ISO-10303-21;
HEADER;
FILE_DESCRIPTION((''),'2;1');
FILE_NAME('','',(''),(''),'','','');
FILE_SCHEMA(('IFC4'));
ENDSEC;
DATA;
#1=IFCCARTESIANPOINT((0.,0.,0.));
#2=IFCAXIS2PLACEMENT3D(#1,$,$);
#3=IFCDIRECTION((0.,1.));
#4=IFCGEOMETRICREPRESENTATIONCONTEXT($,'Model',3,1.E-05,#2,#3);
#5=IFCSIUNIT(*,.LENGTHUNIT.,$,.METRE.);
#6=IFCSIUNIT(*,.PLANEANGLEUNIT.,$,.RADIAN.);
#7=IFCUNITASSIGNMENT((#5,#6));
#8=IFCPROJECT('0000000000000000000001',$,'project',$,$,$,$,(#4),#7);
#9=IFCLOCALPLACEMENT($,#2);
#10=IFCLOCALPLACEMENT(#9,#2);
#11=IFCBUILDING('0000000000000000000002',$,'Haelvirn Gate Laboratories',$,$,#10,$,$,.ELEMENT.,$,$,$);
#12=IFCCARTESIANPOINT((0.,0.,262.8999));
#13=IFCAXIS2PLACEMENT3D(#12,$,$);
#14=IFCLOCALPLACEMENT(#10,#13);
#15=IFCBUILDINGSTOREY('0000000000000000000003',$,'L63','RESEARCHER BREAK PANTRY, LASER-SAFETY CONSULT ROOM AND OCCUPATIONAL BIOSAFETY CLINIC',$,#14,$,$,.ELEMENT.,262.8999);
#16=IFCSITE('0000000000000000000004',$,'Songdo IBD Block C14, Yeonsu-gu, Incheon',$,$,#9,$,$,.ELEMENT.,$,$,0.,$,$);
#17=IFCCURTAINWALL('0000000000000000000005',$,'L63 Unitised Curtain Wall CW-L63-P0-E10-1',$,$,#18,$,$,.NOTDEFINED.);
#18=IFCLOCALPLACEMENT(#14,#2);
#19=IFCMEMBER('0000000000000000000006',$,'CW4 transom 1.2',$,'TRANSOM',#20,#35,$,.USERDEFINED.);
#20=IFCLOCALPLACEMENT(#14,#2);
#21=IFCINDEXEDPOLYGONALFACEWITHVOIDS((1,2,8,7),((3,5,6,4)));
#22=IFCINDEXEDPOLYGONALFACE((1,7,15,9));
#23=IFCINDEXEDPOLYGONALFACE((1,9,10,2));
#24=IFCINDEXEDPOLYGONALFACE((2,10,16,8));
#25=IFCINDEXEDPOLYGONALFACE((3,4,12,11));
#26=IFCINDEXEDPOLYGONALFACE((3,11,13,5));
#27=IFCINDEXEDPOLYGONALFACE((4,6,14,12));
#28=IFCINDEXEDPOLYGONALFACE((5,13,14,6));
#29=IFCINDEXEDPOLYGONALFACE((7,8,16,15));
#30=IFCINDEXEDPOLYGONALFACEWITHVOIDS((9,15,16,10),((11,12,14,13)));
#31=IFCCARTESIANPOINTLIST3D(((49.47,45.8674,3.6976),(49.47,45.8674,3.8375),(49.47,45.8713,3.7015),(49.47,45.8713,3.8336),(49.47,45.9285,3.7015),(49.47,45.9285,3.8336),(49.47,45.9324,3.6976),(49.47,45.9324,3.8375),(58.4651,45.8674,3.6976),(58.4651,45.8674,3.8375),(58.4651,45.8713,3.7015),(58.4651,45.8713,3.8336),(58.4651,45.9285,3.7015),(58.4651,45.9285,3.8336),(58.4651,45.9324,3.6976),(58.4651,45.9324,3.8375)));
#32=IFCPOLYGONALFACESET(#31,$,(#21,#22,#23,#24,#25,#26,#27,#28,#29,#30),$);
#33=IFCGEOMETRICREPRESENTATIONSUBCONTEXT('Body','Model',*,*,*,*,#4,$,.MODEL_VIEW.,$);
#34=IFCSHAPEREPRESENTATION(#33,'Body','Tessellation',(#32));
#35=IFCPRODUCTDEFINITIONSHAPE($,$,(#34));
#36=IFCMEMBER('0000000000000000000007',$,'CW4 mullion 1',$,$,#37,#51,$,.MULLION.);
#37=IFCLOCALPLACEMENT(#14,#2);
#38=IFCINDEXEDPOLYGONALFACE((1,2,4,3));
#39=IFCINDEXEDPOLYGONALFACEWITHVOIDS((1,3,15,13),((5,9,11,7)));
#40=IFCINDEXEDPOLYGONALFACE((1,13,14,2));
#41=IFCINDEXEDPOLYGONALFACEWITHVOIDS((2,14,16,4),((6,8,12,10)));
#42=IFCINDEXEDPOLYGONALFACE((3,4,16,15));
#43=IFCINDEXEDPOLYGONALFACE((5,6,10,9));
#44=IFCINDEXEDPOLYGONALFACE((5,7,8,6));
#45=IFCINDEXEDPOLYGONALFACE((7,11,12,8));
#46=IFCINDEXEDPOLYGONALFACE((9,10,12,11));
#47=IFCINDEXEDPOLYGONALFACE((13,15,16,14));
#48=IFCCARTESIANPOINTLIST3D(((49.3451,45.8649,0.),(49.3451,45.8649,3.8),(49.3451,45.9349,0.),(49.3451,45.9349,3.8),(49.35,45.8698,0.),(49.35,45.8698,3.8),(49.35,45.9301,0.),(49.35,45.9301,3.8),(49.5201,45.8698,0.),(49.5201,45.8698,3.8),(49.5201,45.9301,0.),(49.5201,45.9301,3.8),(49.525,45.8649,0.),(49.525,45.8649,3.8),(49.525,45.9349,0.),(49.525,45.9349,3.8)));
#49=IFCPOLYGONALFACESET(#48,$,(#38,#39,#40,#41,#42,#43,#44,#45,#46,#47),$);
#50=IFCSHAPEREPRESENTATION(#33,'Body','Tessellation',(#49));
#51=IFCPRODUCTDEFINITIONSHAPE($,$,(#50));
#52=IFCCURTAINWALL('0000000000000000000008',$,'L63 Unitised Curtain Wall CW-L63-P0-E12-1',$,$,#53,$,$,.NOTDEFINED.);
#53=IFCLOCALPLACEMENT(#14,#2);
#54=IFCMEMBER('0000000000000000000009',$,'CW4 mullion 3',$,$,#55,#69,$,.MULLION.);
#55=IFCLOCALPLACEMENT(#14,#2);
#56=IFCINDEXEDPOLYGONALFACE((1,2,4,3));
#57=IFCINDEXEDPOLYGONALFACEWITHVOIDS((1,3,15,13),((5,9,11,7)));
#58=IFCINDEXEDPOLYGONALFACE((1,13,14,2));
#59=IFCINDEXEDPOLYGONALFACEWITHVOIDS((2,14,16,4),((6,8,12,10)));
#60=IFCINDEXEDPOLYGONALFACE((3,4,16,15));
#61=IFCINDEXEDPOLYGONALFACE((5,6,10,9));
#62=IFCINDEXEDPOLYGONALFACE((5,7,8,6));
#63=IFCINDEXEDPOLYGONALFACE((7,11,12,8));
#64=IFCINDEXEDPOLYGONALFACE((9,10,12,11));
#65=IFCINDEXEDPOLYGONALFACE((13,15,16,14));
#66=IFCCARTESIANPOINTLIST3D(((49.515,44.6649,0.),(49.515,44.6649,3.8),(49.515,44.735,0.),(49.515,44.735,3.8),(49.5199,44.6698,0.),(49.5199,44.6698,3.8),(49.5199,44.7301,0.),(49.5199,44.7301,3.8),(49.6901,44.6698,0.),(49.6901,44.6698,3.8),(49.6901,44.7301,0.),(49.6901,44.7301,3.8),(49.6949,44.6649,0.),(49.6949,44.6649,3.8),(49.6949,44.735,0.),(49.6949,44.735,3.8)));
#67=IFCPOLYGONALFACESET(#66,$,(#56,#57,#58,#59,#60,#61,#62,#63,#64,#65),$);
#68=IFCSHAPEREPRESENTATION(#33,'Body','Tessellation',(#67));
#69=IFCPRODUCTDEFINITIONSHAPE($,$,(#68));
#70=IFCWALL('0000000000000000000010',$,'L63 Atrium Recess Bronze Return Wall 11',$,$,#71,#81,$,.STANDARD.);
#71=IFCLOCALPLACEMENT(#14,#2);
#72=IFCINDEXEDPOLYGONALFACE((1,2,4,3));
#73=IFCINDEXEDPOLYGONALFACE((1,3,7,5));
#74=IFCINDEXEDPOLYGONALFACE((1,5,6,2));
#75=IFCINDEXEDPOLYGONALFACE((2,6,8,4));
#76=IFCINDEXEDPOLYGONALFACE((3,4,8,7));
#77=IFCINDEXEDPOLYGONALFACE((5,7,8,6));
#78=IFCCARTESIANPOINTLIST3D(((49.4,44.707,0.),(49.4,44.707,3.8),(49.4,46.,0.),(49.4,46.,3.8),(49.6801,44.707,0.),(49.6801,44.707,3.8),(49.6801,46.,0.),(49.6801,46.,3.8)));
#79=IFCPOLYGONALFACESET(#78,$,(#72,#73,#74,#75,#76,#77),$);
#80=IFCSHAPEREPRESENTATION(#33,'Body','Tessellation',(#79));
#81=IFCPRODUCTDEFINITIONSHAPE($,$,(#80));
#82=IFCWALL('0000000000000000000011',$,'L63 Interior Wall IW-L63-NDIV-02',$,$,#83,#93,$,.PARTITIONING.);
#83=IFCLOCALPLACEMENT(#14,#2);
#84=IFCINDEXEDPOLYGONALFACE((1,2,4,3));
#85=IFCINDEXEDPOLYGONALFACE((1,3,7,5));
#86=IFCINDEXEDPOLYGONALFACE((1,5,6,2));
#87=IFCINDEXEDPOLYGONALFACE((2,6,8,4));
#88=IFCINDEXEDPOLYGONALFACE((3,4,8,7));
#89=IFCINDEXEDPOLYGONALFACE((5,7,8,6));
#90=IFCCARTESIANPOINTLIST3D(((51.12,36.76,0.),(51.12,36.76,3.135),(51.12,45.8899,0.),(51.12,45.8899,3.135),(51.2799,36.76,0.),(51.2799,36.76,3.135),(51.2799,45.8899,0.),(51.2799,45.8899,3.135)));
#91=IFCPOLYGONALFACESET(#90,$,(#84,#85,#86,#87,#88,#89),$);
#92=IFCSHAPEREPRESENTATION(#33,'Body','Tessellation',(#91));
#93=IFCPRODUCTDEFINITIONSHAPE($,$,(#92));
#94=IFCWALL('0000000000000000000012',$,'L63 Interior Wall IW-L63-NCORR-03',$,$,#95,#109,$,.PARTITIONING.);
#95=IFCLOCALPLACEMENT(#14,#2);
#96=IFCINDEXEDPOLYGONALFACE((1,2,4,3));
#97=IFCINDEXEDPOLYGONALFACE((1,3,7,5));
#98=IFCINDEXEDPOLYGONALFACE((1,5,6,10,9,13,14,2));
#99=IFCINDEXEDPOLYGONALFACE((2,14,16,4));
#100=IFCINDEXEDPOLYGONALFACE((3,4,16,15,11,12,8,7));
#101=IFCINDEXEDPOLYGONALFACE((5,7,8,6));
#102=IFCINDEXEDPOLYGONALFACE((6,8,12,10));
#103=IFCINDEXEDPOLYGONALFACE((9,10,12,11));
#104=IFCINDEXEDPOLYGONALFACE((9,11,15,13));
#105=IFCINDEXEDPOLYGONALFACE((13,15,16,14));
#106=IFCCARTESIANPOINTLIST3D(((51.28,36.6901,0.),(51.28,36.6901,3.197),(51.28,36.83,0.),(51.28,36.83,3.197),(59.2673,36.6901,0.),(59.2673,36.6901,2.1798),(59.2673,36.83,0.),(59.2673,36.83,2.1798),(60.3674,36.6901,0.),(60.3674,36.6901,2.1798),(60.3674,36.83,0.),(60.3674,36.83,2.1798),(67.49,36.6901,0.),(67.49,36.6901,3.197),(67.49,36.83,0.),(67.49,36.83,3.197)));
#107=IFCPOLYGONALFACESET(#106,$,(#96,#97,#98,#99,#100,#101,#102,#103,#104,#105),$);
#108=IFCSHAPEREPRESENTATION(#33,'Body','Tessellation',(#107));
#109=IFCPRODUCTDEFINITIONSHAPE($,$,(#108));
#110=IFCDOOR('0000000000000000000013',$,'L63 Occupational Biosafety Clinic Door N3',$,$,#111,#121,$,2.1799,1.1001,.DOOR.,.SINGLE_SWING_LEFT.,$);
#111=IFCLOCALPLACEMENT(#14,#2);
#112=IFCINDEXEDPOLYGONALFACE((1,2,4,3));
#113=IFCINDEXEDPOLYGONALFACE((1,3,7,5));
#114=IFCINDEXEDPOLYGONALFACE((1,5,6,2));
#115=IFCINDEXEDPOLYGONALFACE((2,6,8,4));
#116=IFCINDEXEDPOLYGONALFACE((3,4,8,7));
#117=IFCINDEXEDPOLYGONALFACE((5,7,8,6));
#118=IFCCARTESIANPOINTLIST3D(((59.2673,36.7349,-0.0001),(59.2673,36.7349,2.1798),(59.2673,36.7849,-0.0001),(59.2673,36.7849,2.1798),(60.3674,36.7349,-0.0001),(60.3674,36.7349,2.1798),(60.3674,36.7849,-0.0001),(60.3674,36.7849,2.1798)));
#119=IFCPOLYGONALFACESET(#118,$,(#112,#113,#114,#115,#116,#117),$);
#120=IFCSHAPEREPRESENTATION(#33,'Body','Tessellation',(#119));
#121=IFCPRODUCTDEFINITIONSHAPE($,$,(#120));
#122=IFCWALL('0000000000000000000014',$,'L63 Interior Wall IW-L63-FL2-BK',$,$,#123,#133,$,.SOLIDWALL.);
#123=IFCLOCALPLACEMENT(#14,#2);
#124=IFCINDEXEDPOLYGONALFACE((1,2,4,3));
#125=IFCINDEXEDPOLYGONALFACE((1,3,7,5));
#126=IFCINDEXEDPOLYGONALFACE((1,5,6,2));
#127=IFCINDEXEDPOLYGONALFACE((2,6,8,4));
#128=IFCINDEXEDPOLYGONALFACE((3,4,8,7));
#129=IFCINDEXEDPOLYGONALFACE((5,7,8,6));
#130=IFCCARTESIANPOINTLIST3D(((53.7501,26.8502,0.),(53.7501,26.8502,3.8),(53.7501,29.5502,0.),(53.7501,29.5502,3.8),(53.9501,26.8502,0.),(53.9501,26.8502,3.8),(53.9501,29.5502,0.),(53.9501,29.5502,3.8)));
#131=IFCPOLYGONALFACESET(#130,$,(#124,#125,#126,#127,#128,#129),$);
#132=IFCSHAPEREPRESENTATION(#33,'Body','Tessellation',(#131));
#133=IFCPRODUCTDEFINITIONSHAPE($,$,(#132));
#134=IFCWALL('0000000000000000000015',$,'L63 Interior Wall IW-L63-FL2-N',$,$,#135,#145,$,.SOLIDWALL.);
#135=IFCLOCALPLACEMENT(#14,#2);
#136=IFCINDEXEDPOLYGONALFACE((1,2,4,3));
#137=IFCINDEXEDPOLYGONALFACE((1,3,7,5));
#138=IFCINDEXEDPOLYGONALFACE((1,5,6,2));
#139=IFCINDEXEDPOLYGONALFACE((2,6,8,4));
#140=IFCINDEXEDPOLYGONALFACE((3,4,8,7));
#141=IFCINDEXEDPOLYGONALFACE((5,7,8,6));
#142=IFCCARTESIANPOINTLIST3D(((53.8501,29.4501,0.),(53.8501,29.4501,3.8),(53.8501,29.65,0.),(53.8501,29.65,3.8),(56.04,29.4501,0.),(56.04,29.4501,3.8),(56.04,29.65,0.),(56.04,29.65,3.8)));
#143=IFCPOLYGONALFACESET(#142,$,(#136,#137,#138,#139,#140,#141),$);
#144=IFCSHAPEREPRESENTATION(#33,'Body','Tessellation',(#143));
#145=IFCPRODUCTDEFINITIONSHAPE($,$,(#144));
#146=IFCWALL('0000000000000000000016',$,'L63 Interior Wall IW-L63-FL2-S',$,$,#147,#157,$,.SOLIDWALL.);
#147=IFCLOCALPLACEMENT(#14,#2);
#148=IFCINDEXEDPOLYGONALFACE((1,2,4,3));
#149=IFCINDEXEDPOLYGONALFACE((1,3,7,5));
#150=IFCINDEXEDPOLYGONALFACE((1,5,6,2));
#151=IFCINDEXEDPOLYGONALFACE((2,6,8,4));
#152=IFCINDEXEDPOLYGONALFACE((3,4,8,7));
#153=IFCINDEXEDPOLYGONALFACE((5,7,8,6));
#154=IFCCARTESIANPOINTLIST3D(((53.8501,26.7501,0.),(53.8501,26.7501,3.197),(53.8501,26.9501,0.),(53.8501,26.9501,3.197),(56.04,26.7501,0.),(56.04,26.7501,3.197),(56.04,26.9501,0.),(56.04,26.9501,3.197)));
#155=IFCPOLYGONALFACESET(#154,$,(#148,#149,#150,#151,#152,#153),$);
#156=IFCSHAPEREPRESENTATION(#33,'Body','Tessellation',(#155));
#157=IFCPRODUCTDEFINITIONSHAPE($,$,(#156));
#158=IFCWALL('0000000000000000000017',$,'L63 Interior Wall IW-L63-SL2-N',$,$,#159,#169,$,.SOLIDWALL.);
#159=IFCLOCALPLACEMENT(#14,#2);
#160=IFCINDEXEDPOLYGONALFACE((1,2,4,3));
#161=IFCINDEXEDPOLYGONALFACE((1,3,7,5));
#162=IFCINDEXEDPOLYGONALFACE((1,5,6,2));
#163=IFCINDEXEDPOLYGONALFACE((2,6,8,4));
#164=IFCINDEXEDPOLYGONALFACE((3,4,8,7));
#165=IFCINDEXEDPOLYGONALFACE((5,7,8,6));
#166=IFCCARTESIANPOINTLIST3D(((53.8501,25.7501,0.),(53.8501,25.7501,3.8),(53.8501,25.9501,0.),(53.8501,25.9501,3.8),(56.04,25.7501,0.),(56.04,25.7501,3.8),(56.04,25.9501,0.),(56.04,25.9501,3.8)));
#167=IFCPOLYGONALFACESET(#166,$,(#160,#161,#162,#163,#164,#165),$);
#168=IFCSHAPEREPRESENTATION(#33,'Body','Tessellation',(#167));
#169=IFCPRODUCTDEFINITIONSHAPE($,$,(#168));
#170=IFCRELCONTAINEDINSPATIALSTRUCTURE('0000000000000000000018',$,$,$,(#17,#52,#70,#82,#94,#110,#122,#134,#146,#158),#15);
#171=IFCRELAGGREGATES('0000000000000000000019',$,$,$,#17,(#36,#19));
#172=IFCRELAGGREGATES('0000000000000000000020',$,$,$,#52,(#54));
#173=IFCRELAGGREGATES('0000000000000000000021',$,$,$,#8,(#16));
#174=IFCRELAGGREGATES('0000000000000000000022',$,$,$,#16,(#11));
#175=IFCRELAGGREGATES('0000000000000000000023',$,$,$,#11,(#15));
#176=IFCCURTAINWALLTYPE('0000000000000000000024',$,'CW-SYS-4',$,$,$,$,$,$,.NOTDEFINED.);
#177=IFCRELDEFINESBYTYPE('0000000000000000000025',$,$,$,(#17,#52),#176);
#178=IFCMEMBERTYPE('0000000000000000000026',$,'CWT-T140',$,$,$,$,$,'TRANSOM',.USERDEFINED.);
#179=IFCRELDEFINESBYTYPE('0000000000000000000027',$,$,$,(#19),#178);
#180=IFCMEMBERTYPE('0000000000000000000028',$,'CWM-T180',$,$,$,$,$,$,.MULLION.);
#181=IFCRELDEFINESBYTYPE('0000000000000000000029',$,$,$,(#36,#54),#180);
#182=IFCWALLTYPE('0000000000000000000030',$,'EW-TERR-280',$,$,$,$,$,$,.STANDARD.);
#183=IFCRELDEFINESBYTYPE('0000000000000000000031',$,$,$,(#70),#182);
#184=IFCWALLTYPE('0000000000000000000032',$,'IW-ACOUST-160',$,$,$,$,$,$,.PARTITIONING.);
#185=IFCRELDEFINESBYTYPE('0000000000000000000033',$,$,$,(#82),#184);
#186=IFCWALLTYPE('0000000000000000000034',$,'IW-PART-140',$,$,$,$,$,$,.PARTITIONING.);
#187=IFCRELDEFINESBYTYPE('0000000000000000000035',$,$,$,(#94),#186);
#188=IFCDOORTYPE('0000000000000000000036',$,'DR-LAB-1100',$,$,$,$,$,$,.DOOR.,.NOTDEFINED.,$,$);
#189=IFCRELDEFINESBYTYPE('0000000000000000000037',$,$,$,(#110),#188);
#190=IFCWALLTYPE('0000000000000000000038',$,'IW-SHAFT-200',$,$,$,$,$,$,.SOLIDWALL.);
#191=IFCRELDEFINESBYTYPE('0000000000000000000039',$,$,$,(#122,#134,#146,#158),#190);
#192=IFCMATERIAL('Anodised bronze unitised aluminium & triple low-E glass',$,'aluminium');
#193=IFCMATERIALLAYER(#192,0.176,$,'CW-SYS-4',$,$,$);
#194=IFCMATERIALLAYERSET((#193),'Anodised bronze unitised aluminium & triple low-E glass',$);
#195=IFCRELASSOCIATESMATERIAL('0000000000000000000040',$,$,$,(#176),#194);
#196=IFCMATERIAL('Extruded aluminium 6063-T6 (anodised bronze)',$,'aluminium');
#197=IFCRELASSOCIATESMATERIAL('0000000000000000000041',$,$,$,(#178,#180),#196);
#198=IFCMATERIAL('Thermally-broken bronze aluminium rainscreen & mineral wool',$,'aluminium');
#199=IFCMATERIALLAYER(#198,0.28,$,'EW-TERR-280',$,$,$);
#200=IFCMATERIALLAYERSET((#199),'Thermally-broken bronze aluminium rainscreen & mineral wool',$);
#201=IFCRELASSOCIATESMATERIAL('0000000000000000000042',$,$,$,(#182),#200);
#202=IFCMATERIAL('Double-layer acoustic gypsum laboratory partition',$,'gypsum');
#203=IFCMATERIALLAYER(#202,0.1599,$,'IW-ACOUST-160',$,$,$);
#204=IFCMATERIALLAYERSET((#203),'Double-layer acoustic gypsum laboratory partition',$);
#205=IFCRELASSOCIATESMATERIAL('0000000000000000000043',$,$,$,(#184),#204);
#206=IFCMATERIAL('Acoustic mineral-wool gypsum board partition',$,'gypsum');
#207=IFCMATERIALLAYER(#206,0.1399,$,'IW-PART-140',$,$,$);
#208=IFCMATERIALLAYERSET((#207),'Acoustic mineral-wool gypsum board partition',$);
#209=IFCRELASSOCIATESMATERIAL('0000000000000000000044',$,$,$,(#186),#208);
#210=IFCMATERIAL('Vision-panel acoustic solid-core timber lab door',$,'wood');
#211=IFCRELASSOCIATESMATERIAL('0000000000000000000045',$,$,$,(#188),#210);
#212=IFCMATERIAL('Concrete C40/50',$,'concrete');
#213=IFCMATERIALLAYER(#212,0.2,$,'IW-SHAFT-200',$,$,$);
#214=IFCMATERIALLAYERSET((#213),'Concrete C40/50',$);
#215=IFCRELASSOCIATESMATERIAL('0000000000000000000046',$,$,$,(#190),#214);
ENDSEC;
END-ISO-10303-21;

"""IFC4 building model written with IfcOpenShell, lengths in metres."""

from ifc_helpers import new_model, si_unit, direction, frame, frame_2d, origin, origin_2d, place, context, subcontext, project, spatial, rectangle, hollow_rectangle, extrude, source, transform, mapped, material, layer, layer_set, material_profile, profile_set, type_object, type_shapes, element, fill, aggregate, save


model = new_model("IFC4")

# Units and contexts
model_context = context("Model", 3, precision=1e-05, world=origin(), true_north=direction((0.0, 1.0)))
body_context = subcontext(model_context, "Body", "Model", "MODEL_VIEW")
ifc_project = project(units=[si_unit("LENGTHUNIT", "METRE"), si_unit("PLANEANGLEUNIT", "RADIAN")], contexts=[model_context])

# Site, building, storey
site_placement = place(None, origin())
site = spatial("IfcSite", under=ifc_project, at=site_placement, Name="Songdo IBD Block C14, Yeonsu-gu, Incheon", CompositionType="ELEMENT", RefElevation=0.0)
building_placement = place(site_placement, origin())
building = spatial("IfcBuilding", under=site, at=building_placement, Name="Haelvirn Gate Laboratories", CompositionType="ELEMENT")
storey_placement = place(building_placement, frame((0.0, 0.0, 262.8999)))
storey = spatial("IfcBuildingStorey", under=building, at=storey_placement, Name="L63", Description="RESEARCHER BREAK PANTRY, LASER-SAFETY CONSULT ROOM AND OCCUPATIONAL BIOSAFETY CLINIC", CompositionType="ELEMENT", Elevation=262.8999)

# Curtain wall, members
ifc_material_1 = material(Name="Anodised bronze unitised aluminium & triple low-E glass", Category="aluminium")
ifc_layer_1 = layer(ifc_material_1, 0.176, Name="CW-SYS-4")
ifc_layer_set_1 = layer_set([ifc_layer_1], Name="Anodised bronze unitised aluminium & triple low-E glass")
curtain_wall_type = type_object("IfcCurtainWallType", Name="CW-SYS-4", PredefinedType="NOTDEFINED", material=ifc_layer_set_1)
curtain_wall_1_placement = place(storey_placement, origin())
curtain_wall_1 = element("IfcCurtainWall", 1, at=curtain_wall_1_placement, inside=storey, type_object=curtain_wall_type, Name="L63 Unitised Curtain Wall CW-L63-P0-E10-1", PredefinedType="NOTDEFINED")
ifc_material_2 = material(Name="Extruded aluminium 6063-T6 (anodised bronze)", Category="aluminium")
ifc_material_profile_1 = material_profile(ifc_material_2, hollow_rectangle(XDim=0.0649, YDim=0.1399, WallThickness=0.0039, at=origin_2d()), Name="CWT-140x65x4")
ifc_profile_set_1 = profile_set([ifc_material_profile_1], Name="Extruded aluminium 6063-T6 (anodised bronze)")
member_type_1 = type_object("IfcMemberType", Name="CWT-T140", ElementType="TRANSOM", PredefinedType="USERDEFINED", material=ifc_profile_set_1)
shared_shape_1 = source(origin(), body_context, "Body", "SweptSolid", [
    extrude(hollow_rectangle(XDim=0.0649, YDim=0.1399, WallThickness=0.0039, at=origin_2d()), origin(), (0.0, 0.0, 1.0), 8.9951),
])
type_shapes(member_type_1, [shared_shape_1])
member_1_placement = place(storey_placement, frame((49.47, 45.8999, 3.7676), z_axis=(1.0, 0.0, 0.0), x_axis=(0.0, 1.0, 0.0)))
member_1 = element("IfcMember", 2, at=member_1_placement, type_object=member_type_1, Name="CW4 transom 1.2", ObjectType="TRANSOM", PredefinedType="USERDEFINED", context=body_context, shape_type="MappedRepresentation", body=[
    mapped(shared_shape_1, transform((0.0, 0.0, 0.0), scale=1.0)),
])
ifc_material_profile_2 = material_profile(ifc_material_2, hollow_rectangle(XDim=0.0701, YDim=0.1799, WallThickness=0.0049, at=origin_2d()), Name="CWM-180x70x5")
ifc_profile_set_2 = profile_set([ifc_material_profile_2], Name="Extruded aluminium 6063-T6 (anodised bronze)")
member_type_2 = type_object("IfcMemberType", Name="CWM-T180", PredefinedType="MULLION", material=ifc_profile_set_2)
shared_shape_2 = source(origin(), body_context, "Body", "SweptSolid", [
    extrude(hollow_rectangle(XDim=0.0701, YDim=0.1799, WallThickness=0.0049, at=origin_2d()), origin(), (0.0, 0.0, 1.0), 3.8),
])
type_shapes(member_type_2, [shared_shape_2])
member_2_placement = place(storey_placement, frame((49.4351, 45.8999, 0.0), z_axis=(0.0, 0.0, 1.0), x_axis=(0.0, 1.0, 0.0)))
member_2 = element("IfcMember", 3, at=member_2_placement, type_object=member_type_2, Name="CW4 mullion 1", PredefinedType="MULLION", context=body_context, shape_type="MappedRepresentation", body=[
    mapped(shared_shape_2, transform((0.0, 0.0, 0.0), scale=1.0)),
])
aggregate(curtain_wall_1, [member_2, member_1])

# Curtain wall, member
curtain_wall_2_placement = place(storey_placement, origin())
curtain_wall_2 = element("IfcCurtainWall", 4, at=curtain_wall_2_placement, inside=storey, type_object=curtain_wall_type, Name="L63 Unitised Curtain Wall CW-L63-P0-E12-1", PredefinedType="NOTDEFINED")
member_3_placement = place(storey_placement, frame((49.605, 44.7, 0.0), z_axis=(0.0, 0.0, 1.0), x_axis=(0.0, 1.0, 0.0)))
member_3 = element("IfcMember", 5, at=member_3_placement, type_object=member_type_2, Name="CW4 mullion 3", PredefinedType="MULLION", context=body_context, shape_type="MappedRepresentation", body=[
    mapped(shared_shape_2, transform((0.0, 0.0, 0.0), scale=1.0)),
])
aggregate(curtain_wall_2, [member_3])

# Walls
ifc_material_3 = material(Name="Thermally-broken bronze aluminium rainscreen & mineral wool", Category="aluminium")
ifc_layer_2 = layer(ifc_material_3, 0.28, Name="EW-TERR-280")
ifc_layer_set_2 = layer_set([ifc_layer_2], Name="Thermally-broken bronze aluminium rainscreen & mineral wool")
wall_type_1 = type_object("IfcWallType", Name="EW-TERR-280", PredefinedType="STANDARD", material=ifc_layer_set_2)
wall_1_placement = place(storey_placement, frame((49.54, 46.0, 0.0), z_axis=(0.0, 0.0, 1.0), x_axis=(0.0, -1.0, 0.0)))
element("IfcWall", 6, at=wall_1_placement, inside=storey, type_object=wall_type_1, Name="L63 Atrium Recess Bronze Return Wall 11", PredefinedType="STANDARD", context=body_context, shape_type="SweptSolid", body=[
    extrude(rectangle(XDim=1.293, YDim=0.28, at=frame_2d((0.6465, 0.0))), origin(), (0.0, 0.0, 1.0), 3.8),
])
ifc_material_4 = material(Name="Double-layer acoustic gypsum laboratory partition", Category="gypsum")
ifc_layer_3 = layer(ifc_material_4, 0.1599, Name="IW-ACOUST-160")
ifc_layer_set_3 = layer_set([ifc_layer_3], Name="Double-layer acoustic gypsum laboratory partition")
wall_type_2 = type_object("IfcWallType", Name="IW-ACOUST-160", PredefinedType="PARTITIONING", material=ifc_layer_set_3)
wall_2_placement = place(storey_placement, frame((51.2, 36.76, 0.0), z_axis=(0.0, 0.0, 1.0), x_axis=(0.0, 1.0, 0.0)))
element("IfcWall", 7, at=wall_2_placement, inside=storey, type_object=wall_type_2, Name="L63 Interior Wall IW-L63-NDIV-02", PredefinedType="PARTITIONING", context=body_context, shape_type="SweptSolid", body=[
    extrude(rectangle(XDim=9.1299, YDim=0.1599, at=frame_2d((4.5649, 0.0))), origin(), (0.0, 0.0, 1.0), 3.135),
])

# Wall, opening, door
ifc_material_5 = material(Name="Acoustic mineral-wool gypsum board partition", Category="gypsum")
ifc_layer_4 = layer(ifc_material_5, 0.1399, Name="IW-PART-140")
ifc_layer_set_4 = layer_set([ifc_layer_4], Name="Acoustic mineral-wool gypsum board partition")
wall_type_3 = type_object("IfcWallType", Name="IW-PART-140", PredefinedType="PARTITIONING", material=ifc_layer_set_4)
wall_3_placement = place(storey_placement, frame((51.28, 36.76, 0.0), z_axis=(0.0, 0.0, 1.0), x_axis=(1.0, 0.0, 0.0)))
wall_3 = element("IfcWall", 8, at=wall_3_placement, inside=storey, type_object=wall_type_3, Name="L63 Interior Wall IW-L63-NCORR-03", PredefinedType="PARTITIONING", context=body_context, shape_type="SweptSolid", body=[
    extrude(rectangle(XDim=16.21, YDim=0.1399, at=frame_2d((8.105, 0.0))), origin(), (0.0, 0.0, 1.0), 3.197),
])
opening_1_placement = place(wall_3_placement, frame((7.9873, 0.0, 0.0)))
opening_1 = element("IfcOpeningElement", 9, at=opening_1_placement, cuts=wall_3, PredefinedType="OPENING", context=body_context, shape_type="SweptSolid", body=[
    extrude(rectangle(XDim=1.1001, YDim=2.1799, at=frame_2d((0.55, 1.0898))), frame((0.0, 0.0801, 0.0), z_axis=(0.0, -1.0, 0.0), x_axis=(1.0, 0.0, 0.0)), (0.0, 0.0, 1.0), 0.1599),
])
ifc_material_6 = material(Name="Vision-panel acoustic solid-core timber lab door", Category="wood")
door_type_1 = type_object("IfcDoorType", Name="DR-LAB-1100", OperationType="NOTDEFINED", PredefinedType="DOOR", material=ifc_material_6)
shared_shape_3 = source(origin(), body_context, "Body", "SweptSolid", [
    extrude(rectangle(XDim=1.1001, YDim=2.1799, at=frame_2d((0.55, 1.0898))), frame((0.0, 0.0249, 0.0), z_axis=(0.0, -1.0, 0.0), x_axis=(1.0, 0.0, 0.0)), (0.0, 0.0, 1.0), 0.05),
])
type_shapes(door_type_1, [shared_shape_3])
door_1_placement = place(opening_1_placement, origin())
door_1 = element("IfcDoor", 10, at=door_1_placement, inside=storey, type_object=door_type_1, Name="L63 Occupational Biosafety Clinic Door N3", OperationType="SINGLE_SWING_LEFT", OverallHeight=2.1799, OverallWidth=1.1001, PredefinedType="DOOR", context=body_context, shape_type="MappedRepresentation", body=[
    mapped(shared_shape_3, transform((0.0, 0.0, 0.0), scale=1.0)),
])
fill(opening_1, door_1)

# Walls
ifc_material_7 = material(Name="Concrete C40/50", Category="concrete")
ifc_layer_5 = layer(ifc_material_7, 0.2, Name="IW-SHAFT-200")
ifc_layer_set_5 = layer_set([ifc_layer_5], Name="Concrete C40/50")
wall_type_4 = type_object("IfcWallType", Name="IW-SHAFT-200", PredefinedType="SOLIDWALL", material=ifc_layer_set_5)
wall_4_placement = place(storey_placement, frame((53.8501, 26.8501, 0.0), z_axis=(0.0, 0.0, 1.0), x_axis=(0.0, 1.0, 0.0)))
element("IfcWall", 11, at=wall_4_placement, inside=storey, type_object=wall_type_4, Name="L63 Interior Wall IW-L63-FL2-BK", PredefinedType="SOLIDWALL", context=body_context, shape_type="SweptSolid", body=[
    extrude(rectangle(XDim=2.7, YDim=0.2, at=frame_2d((1.3501, 0.0))), origin(), (0.0, 0.0, 1.0), 3.8),
])
wall_5_placement = place(storey_placement, frame((53.8501, 29.55, 0.0), z_axis=(0.0, 0.0, 1.0), x_axis=(1.0, 0.0, 0.0)))
element("IfcWall", 12, at=wall_5_placement, inside=storey, type_object=wall_type_4, Name="L63 Interior Wall IW-L63-FL2-N", PredefinedType="SOLIDWALL", context=body_context, shape_type="SweptSolid", body=[
    extrude(rectangle(XDim=2.1899, YDim=0.2, at=frame_2d((1.095, 0.0))), origin(), (0.0, 0.0, 1.0), 3.8),
])
wall_6_placement = place(storey_placement, frame((53.8501, 26.8501, 0.0), z_axis=(0.0, 0.0, 1.0), x_axis=(1.0, 0.0, 0.0)))
element("IfcWall", 13, at=wall_6_placement, inside=storey, type_object=wall_type_4, Name="L63 Interior Wall IW-L63-FL2-S", PredefinedType="SOLIDWALL", context=body_context, shape_type="SweptSolid", body=[
    extrude(rectangle(XDim=2.1899, YDim=0.2, at=frame_2d((1.095, 0.0))), origin(), (0.0, 0.0, 1.0), 3.197),
])
wall_7_placement = place(storey_placement, frame((53.8501, 25.8501, 0.0), z_axis=(0.0, 0.0, 1.0), x_axis=(1.0, 0.0, 0.0)))
element("IfcWall", 14, at=wall_7_placement, inside=storey, type_object=wall_type_4, Name="L63 Interior Wall IW-L63-SL2-N", PredefinedType="SOLIDWALL", context=body_context, shape_type="SweptSolid", body=[
    extrude(rectangle(XDim=2.1899, YDim=0.2, at=frame_2d((1.095, 0.0))), origin(), (0.0, 0.0, 1.0), 3.8),
])

save(model, "model.ifc")
